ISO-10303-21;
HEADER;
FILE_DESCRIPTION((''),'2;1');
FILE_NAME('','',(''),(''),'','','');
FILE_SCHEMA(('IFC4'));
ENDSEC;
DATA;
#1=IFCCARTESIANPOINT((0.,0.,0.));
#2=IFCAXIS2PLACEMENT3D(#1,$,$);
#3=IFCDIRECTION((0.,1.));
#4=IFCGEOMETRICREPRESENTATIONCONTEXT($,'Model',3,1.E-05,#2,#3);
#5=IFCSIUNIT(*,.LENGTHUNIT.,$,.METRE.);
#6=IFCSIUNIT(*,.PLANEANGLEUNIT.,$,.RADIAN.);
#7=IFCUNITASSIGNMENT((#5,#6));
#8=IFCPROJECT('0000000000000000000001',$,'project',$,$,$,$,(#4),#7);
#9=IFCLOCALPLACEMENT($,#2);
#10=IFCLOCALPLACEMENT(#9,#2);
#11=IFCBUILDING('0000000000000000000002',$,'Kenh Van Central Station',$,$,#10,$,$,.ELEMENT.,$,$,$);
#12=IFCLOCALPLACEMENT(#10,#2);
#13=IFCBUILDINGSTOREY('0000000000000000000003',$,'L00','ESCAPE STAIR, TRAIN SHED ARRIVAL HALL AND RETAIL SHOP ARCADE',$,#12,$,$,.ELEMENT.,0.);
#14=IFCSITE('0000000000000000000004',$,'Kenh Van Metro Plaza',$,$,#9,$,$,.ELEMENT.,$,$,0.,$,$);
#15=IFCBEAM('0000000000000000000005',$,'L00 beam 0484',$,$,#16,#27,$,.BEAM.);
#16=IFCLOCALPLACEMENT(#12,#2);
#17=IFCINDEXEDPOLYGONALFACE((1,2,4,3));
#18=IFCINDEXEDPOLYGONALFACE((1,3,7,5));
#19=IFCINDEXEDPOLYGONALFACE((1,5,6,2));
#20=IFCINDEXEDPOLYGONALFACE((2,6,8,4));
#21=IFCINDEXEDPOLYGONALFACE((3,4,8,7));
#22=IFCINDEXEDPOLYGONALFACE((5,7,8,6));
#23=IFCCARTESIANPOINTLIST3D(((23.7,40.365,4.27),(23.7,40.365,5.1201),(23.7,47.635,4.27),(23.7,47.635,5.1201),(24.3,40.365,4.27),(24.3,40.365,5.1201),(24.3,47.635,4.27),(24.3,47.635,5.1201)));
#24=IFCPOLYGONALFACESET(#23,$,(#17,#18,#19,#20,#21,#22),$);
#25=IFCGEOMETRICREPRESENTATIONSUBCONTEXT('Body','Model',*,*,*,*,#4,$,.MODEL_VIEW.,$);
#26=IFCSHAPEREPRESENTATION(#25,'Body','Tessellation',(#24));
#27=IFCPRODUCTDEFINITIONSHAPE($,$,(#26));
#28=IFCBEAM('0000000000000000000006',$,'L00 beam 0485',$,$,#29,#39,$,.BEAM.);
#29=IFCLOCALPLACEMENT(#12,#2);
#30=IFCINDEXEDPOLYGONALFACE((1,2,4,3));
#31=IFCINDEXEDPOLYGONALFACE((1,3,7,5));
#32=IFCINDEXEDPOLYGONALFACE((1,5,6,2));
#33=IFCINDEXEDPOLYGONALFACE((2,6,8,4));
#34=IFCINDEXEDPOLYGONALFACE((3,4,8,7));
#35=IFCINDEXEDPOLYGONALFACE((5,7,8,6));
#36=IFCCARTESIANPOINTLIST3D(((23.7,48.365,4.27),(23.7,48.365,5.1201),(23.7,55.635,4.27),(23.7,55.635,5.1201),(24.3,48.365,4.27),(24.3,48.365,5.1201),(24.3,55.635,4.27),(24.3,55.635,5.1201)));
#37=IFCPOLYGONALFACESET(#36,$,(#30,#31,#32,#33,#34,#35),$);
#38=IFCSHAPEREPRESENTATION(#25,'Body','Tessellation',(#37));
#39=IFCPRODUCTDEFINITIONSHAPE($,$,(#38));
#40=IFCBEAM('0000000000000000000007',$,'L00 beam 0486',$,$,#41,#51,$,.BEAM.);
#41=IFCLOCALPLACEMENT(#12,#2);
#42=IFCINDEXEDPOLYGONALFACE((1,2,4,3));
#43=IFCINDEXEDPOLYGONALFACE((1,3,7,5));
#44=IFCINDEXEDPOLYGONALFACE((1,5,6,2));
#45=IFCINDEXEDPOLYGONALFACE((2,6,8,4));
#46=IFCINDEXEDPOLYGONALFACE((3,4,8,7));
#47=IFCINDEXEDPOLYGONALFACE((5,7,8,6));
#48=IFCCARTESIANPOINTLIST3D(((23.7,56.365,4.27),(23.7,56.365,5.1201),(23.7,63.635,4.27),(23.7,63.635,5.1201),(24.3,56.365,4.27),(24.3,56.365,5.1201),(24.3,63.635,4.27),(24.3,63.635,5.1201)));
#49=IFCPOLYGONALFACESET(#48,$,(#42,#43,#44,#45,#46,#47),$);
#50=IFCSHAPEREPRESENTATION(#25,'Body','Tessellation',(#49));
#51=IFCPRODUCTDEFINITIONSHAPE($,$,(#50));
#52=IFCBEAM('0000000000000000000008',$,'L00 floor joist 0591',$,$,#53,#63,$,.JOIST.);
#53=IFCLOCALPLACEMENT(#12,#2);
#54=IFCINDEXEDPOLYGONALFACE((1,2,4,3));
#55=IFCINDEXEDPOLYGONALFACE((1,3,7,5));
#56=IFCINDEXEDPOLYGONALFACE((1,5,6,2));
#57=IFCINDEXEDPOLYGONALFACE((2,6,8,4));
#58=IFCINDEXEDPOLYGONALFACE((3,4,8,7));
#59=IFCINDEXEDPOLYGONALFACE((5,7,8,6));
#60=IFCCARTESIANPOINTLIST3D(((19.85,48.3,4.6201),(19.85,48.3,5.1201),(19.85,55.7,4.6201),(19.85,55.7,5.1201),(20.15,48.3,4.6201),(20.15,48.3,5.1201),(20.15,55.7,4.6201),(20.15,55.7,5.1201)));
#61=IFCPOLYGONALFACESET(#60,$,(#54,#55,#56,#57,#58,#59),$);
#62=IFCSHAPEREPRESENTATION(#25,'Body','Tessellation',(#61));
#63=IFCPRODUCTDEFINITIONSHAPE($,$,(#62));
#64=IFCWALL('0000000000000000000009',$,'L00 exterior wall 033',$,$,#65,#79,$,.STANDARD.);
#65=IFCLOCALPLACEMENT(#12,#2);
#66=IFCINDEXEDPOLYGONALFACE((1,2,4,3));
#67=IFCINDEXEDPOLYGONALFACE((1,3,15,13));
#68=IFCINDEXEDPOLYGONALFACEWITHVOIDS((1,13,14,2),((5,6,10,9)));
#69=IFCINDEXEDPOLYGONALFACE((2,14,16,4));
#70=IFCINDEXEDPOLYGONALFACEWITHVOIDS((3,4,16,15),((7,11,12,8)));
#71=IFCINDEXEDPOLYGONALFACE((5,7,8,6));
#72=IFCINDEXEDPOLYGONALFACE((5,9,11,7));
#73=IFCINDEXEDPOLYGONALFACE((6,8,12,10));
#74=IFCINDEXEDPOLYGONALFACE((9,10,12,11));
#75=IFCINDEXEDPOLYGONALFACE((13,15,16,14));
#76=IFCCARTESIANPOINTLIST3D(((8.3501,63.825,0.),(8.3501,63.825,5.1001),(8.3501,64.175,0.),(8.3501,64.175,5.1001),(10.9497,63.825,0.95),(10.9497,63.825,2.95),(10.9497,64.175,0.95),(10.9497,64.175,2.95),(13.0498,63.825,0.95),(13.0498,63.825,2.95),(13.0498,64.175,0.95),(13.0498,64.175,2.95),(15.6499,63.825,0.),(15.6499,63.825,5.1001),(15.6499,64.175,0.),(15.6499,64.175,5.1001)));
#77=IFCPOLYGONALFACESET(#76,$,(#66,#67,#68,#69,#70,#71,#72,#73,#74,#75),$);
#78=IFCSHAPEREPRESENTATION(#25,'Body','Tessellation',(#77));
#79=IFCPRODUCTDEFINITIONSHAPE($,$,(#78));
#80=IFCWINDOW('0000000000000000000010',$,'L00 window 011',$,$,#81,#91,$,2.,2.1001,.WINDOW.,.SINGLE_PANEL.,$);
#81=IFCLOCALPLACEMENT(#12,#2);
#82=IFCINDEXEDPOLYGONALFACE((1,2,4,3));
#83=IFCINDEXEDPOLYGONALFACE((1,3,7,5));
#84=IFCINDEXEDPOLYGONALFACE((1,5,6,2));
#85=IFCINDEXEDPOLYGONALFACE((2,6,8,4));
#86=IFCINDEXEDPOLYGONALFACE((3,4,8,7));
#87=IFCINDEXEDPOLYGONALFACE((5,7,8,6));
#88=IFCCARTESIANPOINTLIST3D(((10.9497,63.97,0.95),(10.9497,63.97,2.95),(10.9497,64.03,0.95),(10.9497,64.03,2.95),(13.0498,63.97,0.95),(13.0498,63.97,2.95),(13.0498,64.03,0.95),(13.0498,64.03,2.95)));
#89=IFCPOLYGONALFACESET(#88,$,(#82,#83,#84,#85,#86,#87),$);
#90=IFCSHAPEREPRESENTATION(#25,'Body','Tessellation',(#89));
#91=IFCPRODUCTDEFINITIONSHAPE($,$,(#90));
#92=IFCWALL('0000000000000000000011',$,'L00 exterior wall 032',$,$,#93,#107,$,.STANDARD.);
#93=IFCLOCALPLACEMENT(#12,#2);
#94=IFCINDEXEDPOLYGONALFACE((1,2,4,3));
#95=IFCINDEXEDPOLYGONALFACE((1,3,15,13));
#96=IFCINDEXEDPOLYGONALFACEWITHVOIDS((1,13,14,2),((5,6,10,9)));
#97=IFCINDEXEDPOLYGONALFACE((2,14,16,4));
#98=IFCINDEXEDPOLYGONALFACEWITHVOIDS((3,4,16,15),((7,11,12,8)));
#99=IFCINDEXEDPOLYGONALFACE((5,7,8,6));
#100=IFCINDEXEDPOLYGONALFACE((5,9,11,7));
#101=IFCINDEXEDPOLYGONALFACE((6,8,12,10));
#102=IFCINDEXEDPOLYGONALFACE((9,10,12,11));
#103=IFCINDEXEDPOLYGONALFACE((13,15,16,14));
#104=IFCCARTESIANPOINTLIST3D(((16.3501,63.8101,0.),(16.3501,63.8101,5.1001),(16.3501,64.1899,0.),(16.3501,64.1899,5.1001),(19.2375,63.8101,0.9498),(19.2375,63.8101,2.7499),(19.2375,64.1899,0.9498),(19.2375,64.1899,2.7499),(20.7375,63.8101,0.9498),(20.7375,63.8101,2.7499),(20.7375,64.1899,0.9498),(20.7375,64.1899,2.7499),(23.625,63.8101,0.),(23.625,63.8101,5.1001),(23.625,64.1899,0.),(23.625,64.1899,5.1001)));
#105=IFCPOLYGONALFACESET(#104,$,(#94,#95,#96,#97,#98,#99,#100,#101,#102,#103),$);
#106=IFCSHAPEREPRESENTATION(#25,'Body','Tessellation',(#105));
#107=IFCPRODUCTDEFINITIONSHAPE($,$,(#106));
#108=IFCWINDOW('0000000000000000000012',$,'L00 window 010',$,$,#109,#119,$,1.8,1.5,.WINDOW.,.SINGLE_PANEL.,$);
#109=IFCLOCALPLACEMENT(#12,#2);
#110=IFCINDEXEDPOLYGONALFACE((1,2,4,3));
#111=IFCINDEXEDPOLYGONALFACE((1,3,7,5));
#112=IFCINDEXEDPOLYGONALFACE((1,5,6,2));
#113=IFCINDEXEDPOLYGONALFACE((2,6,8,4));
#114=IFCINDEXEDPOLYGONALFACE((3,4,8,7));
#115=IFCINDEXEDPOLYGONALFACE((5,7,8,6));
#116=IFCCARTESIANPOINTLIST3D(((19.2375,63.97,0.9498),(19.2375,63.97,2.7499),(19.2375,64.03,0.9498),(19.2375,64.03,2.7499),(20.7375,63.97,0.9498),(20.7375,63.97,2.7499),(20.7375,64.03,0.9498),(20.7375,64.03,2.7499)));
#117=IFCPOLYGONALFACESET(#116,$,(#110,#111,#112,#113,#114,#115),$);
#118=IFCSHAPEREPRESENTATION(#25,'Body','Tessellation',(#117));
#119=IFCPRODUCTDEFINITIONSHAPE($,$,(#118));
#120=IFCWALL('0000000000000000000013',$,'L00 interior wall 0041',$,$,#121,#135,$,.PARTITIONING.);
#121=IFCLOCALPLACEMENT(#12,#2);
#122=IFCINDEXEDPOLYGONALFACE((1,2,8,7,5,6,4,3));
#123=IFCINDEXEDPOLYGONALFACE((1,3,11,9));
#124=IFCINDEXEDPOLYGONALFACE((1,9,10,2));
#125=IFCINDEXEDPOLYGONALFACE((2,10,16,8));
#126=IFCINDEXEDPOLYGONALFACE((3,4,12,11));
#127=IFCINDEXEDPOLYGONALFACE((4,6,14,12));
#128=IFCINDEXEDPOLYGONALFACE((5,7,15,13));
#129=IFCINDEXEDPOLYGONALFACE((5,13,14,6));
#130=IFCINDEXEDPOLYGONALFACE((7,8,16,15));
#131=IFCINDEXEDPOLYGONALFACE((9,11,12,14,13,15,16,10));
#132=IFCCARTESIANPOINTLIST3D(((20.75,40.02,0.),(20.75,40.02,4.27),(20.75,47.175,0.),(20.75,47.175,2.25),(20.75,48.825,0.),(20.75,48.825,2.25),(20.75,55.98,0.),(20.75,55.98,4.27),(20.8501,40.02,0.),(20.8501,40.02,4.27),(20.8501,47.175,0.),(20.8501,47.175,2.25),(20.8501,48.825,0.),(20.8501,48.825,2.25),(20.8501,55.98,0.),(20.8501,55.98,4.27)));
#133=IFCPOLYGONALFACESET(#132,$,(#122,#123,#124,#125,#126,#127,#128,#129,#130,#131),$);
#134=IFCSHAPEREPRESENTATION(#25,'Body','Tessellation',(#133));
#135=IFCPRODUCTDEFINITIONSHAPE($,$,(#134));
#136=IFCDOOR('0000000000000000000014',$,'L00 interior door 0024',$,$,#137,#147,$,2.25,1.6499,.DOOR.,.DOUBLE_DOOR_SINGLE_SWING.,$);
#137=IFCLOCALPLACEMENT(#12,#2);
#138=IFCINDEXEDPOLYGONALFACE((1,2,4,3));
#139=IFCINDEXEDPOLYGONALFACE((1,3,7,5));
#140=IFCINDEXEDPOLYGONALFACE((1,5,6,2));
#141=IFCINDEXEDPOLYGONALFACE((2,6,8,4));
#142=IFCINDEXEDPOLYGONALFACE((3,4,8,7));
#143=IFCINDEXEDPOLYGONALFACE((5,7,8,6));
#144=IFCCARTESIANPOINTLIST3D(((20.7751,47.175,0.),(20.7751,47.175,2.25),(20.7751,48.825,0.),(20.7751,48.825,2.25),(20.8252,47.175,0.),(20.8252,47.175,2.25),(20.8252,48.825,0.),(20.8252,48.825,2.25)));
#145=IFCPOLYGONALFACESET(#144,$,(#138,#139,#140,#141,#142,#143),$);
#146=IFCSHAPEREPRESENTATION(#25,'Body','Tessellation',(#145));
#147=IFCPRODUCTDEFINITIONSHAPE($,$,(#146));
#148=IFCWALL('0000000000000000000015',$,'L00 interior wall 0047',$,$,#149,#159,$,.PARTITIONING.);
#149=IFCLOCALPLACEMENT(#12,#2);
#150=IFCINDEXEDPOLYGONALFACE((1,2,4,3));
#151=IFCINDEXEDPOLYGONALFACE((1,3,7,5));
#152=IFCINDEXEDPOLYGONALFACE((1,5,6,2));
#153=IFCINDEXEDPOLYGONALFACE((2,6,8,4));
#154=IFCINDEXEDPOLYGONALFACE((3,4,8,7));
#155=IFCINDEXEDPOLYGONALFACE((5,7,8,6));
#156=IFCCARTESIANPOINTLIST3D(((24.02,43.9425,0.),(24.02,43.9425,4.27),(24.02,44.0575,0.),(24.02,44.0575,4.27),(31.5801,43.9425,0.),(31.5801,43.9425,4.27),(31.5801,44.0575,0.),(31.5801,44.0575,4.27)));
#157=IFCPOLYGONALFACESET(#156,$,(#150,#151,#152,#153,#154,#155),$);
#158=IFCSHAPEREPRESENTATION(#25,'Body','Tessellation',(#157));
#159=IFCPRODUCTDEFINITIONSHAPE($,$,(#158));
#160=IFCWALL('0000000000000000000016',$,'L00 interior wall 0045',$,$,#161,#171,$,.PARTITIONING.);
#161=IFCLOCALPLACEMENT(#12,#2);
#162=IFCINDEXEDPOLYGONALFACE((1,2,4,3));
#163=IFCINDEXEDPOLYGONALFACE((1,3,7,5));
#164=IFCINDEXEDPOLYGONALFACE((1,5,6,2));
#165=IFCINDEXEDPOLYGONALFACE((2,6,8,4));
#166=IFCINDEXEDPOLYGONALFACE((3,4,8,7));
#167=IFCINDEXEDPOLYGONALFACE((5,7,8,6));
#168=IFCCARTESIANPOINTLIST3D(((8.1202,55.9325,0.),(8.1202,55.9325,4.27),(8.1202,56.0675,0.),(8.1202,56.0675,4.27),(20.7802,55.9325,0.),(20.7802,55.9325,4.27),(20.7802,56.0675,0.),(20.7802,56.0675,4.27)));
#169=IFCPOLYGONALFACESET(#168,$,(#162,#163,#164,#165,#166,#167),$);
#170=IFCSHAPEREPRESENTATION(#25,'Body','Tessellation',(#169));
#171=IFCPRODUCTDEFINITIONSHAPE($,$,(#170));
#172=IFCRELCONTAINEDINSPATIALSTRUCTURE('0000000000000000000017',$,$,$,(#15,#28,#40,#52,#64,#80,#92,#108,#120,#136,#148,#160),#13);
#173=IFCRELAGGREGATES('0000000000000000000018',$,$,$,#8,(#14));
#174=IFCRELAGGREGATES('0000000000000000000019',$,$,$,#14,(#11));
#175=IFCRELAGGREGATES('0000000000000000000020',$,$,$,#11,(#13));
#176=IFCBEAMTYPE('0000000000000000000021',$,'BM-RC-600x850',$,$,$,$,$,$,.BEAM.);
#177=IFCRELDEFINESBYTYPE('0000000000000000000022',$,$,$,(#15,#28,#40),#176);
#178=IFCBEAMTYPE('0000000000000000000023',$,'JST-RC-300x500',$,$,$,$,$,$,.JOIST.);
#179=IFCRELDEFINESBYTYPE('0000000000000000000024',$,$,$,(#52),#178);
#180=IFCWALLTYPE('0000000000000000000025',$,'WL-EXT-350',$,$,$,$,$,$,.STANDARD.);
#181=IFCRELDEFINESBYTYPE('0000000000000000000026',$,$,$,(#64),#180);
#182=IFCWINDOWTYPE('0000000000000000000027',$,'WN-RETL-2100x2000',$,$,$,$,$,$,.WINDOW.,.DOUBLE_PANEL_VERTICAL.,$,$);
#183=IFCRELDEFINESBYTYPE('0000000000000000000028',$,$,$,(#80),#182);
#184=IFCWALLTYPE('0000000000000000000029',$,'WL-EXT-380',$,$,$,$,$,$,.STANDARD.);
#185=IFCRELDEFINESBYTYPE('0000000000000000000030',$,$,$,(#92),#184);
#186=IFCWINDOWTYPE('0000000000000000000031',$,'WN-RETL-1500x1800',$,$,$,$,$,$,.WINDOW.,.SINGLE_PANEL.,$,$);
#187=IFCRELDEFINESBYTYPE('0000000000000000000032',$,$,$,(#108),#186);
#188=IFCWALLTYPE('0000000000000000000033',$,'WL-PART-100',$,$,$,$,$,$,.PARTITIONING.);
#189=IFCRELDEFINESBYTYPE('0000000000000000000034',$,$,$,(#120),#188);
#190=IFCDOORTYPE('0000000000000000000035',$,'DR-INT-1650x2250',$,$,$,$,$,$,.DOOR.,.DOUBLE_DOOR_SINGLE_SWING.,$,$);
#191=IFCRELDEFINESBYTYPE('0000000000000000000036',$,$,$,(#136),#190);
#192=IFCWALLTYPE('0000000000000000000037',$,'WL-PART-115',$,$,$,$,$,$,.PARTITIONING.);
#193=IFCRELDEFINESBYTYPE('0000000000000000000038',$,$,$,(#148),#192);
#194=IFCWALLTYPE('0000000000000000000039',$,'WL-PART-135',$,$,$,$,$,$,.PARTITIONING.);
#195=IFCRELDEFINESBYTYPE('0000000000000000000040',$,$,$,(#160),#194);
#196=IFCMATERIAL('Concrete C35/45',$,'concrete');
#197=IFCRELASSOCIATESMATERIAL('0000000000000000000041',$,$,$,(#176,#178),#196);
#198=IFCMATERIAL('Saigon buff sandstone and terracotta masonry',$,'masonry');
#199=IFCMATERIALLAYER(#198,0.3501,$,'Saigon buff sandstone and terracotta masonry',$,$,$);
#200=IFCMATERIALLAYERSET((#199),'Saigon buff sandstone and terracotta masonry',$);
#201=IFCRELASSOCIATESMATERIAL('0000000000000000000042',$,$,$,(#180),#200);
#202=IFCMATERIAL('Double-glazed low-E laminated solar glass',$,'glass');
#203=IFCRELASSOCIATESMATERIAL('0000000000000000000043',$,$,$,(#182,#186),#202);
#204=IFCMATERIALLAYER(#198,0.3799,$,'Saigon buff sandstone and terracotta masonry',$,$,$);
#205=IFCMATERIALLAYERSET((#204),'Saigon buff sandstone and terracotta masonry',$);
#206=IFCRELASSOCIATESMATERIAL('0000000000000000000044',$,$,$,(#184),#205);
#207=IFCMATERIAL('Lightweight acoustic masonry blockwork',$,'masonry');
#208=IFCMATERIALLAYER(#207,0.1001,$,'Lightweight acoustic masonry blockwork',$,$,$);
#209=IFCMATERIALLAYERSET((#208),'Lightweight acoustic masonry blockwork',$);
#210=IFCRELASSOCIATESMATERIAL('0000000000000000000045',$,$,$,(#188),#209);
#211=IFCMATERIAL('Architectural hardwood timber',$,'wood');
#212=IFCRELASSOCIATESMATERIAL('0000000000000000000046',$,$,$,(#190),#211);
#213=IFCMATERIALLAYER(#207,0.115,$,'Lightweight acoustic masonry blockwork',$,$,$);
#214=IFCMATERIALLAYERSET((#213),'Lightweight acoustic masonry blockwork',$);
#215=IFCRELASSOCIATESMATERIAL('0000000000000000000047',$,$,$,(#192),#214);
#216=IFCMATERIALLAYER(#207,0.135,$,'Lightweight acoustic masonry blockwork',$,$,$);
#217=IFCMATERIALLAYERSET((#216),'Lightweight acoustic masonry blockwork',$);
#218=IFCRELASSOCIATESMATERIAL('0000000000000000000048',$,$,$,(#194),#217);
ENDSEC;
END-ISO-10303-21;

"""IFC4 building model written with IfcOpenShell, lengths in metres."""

from ifc_helpers import new_model, si_unit, direction, frame, frame_2d, origin, origin_2d, place, context, subcontext, project, spatial, rectangle, extrude, material, layer, layer_set, material_profile, profile_set, type_object, element, fill, save


model = new_model("IFC4")

# Units and contexts
model_context = context("Model", 3, precision=1e-05, world=origin(), true_north=direction((0.0, 1.0)))
body_context = subcontext(model_context, "Body", "Model", "MODEL_VIEW")
ifc_project = project(units=[si_unit("LENGTHUNIT", "METRE"), si_unit("PLANEANGLEUNIT", "RADIAN")], contexts=[model_context])

# Site, building, storey
site_placement = place(None, origin())
site = spatial("IfcSite", under=ifc_project, at=site_placement, Name="Kenh Van Metro Plaza", CompositionType="ELEMENT", RefElevation=0.0)
building_placement = place(site_placement, origin())
building = spatial("IfcBuilding", under=site, at=building_placement, Name="Kenh Van Central Station", CompositionType="ELEMENT")
storey_placement = place(building_placement, origin())
storey = spatial("IfcBuildingStorey", under=building, at=storey_placement, Name="L00", Description="ESCAPE STAIR, TRAIN SHED ARRIVAL HALL AND RETAIL SHOP ARCADE", CompositionType="ELEMENT", Elevation=0.0)

# Beams
ifc_material_1 = material(Name="Concrete C35/45", Category="concrete")
ifc_material_profile_1 = material_profile(ifc_material_1, rectangle(XDim=0.6001, YDim=0.8501, at=origin_2d()), Name="RC 600x850")
ifc_profile_set_1 = profile_set([ifc_material_profile_1], Name="Concrete C35/45")
beam_type_1 = type_object("IfcBeamType", Name="BM-RC-600x850", PredefinedType="BEAM", material=ifc_profile_set_1)
for number, where, z_axis, x_axis, name in (
    (1, (24.0, 40.365, 4.6951), (0.0, 1.0, 0.0), (-1.0, 0.0, 0.0), "L00 beam 0484"),
    (2, (24.0, 48.365, 4.6951), (0.0, 1.0, 0.0), (-1.0, 0.0, 0.0), "L00 beam 0485"),
    (3, (24.0, 56.365, 4.6951), (0.0, 1.0, 0.0), (-1.0, 0.0, 0.0), "L00 beam 0486"),
):
    element("IfcBeam", number, at=place(storey_placement, frame(where, z_axis=z_axis, x_axis=x_axis)), inside=storey, type_object=beam_type_1, Name=name, PredefinedType="BEAM", context=body_context, shape_type="SweptSolid", body=[
        extrude(rectangle(XDim=0.6001, YDim=0.8501, at=origin_2d()), origin(), (0.0, 0.0, 1.0), 7.27),
    ])
ifc_material_profile_2 = material_profile(ifc_material_1, rectangle(XDim=0.3, YDim=0.5, at=origin_2d()), Name="RC 300x500")
ifc_profile_set_2 = profile_set([ifc_material_profile_2], Name="Concrete C35/45")
beam_type_2 = type_object("IfcBeamType", Name="JST-RC-300x500", PredefinedType="JOIST", material=ifc_profile_set_2)
beam_1_placement = place(storey_placement, frame((20.0, 48.3, 4.8701), z_axis=(0.0, 1.0, 0.0), x_axis=(-1.0, 0.0, 0.0)))
element("IfcBeam", 4, at=beam_1_placement, inside=storey, type_object=beam_type_2, Name="L00 floor joist 0591", PredefinedType="JOIST", context=body_context, shape_type="SweptSolid", body=[
    extrude(rectangle(XDim=0.3, YDim=0.5, at=origin_2d()), origin(), (0.0, 0.0, 1.0), 7.3999),
])

# Walls, openings, windows
ifc_material_2 = material(Name="Saigon buff sandstone and terracotta masonry", Category="masonry")
ifc_layer_1 = layer(ifc_material_2, 0.3501, Name="Saigon buff sandstone and terracotta masonry")
ifc_layer_set_1 = layer_set([ifc_layer_1], Name="Saigon buff sandstone and terracotta masonry")
wall_type_1 = type_object("IfcWallType", Name="WL-EXT-350", PredefinedType="STANDARD", material=ifc_layer_set_1)
wall_1_placement = place(storey_placement, frame((15.6499, 64.0, 0.0), z_axis=(0.0, 0.0, 1.0), x_axis=(-1.0, 0.0, 0.0)))
wall_1 = element("IfcWall", 5, at=wall_1_placement, inside=storey, type_object=wall_type_1, Name="L00 exterior wall 033", PredefinedType="STANDARD", context=body_context, shape_type="SweptSolid", body=[
    extrude(rectangle(XDim=7.2998, YDim=0.3501, at=frame_2d((3.6499, 0.0))), origin(), (0.0, 0.0, 1.0), 5.1001),
])
opening_1_placement = place(wall_1_placement, frame((2.6001, 0.0, 0.95)))
opening_1 = element("IfcOpeningElement", 6, at=opening_1_placement, cuts=wall_1, PredefinedType="OPENING", context=body_context, shape_type="SweptSolid", body=[
    extrude(rectangle(XDim=2.1001, YDim=2.0, at=frame_2d((1.05, 1.0))), frame((0.0, 0.1851, 0.0), z_axis=(0.0, -1.0, 0.0), x_axis=(1.0, 0.0, 0.0)), (0.0, 0.0, 1.0), 0.3701),
])
ifc_material_3 = material(Name="Double-glazed low-E laminated solar glass", Category="glass")
window_type_1 = type_object("IfcWindowType", Name="WN-RETL-2100x2000", PartitioningType="DOUBLE_PANEL_VERTICAL", PredefinedType="WINDOW", material=ifc_material_3)
window_1_placement = place(opening_1_placement, origin())
window_1 = element("IfcWindow", 7, at=window_1_placement, inside=storey, type_object=window_type_1, Name="L00 window 011", OverallHeight=2.0, OverallWidth=2.1001, PartitioningType="SINGLE_PANEL", PredefinedType="WINDOW", context=body_context, shape_type="SweptSolid", body=[
    extrude(rectangle(XDim=2.1001, YDim=2.0, at=frame_2d((1.05, 1.0))), frame((0.0, 0.03, 0.0), z_axis=(0.0, -1.0, 0.0), x_axis=(1.0, 0.0, 0.0)), (0.0, 0.0, 1.0), 0.0601),
])
fill(opening_1, window_1)
ifc_layer_2 = layer(ifc_material_2, 0.3799, Name="Saigon buff sandstone and terracotta masonry")
ifc_layer_set_2 = layer_set([ifc_layer_2], Name="Saigon buff sandstone and terracotta masonry")
wall_type_2 = type_object("IfcWallType", Name="WL-EXT-380", PredefinedType="STANDARD", material=ifc_layer_set_2)
wall_2_placement = place(storey_placement, frame((23.625, 64.0, 0.0), z_axis=(0.0, 0.0, 1.0), x_axis=(-1.0, 0.0, 0.0)))
wall_2 = element("IfcWall", 8, at=wall_2_placement, inside=storey, type_object=wall_type_2, Name="L00 exterior wall 032", PredefinedType="STANDARD", context=body_context, shape_type="SweptSolid", body=[
    extrude(rectangle(XDim=7.2749, YDim=0.3799, at=frame_2d((3.6375, 0.0))), origin(), (0.0, 0.0, 1.0), 5.1001),
])
opening_2_placement = place(wall_2_placement, frame((2.8875, 0.0, 0.95)))
opening_2 = element("IfcOpeningElement", 9, at=opening_2_placement, cuts=wall_2, PredefinedType="OPENING", context=body_context, shape_type="SweptSolid", body=[
    extrude(rectangle(XDim=1.5, YDim=1.8, at=frame_2d((0.75, 0.8999))), frame((0.0, 0.2, 0.0), z_axis=(0.0, -1.0, 0.0), x_axis=(1.0, 0.0, 0.0)), (0.0, 0.0, 1.0), 0.3999),
])
window_type_2 = type_object("IfcWindowType", Name="WN-RETL-1500x1800", PartitioningType="SINGLE_PANEL", PredefinedType="WINDOW", material=ifc_material_3)
window_2_placement = place(opening_2_placement, origin())
window_2 = element("IfcWindow", 10, at=window_2_placement, inside=storey, type_object=window_type_2, Name="L00 window 010", OverallHeight=1.8, OverallWidth=1.5, PartitioningType="SINGLE_PANEL", PredefinedType="WINDOW", context=body_context, shape_type="SweptSolid", body=[
    extrude(rectangle(XDim=1.5, YDim=1.8, at=frame_2d((0.75, 0.8999))), frame((0.0, 0.03, 0.0), z_axis=(0.0, -1.0, 0.0), x_axis=(1.0, 0.0, 0.0)), (0.0, 0.0, 1.0), 0.0601),
])
fill(opening_2, window_2)

# Wall, opening, door
ifc_material_4 = material(Name="Lightweight acoustic masonry blockwork", Category="masonry")
ifc_layer_3 = layer(ifc_material_4, 0.1001, Name="Lightweight acoustic masonry blockwork")
ifc_layer_set_3 = layer_set([ifc_layer_3], Name="Lightweight acoustic masonry blockwork")
wall_type_3 = type_object("IfcWallType", Name="WL-PART-100", PredefinedType="PARTITIONING", material=ifc_layer_set_3)
wall_3_placement = place(storey_placement, frame((20.8, 40.02, 0.0), z_axis=(0.0, 0.0, 1.0), x_axis=(0.0, 1.0, 0.0)))
wall_3 = element("IfcWall", 11, at=wall_3_placement, inside=storey, type_object=wall_type_3, Name="L00 interior wall 0041", PredefinedType="PARTITIONING", context=body_context, shape_type="SweptSolid", body=[
    extrude(rectangle(XDim=15.96, YDim=0.1001, at=frame_2d((7.98, 0.0))), origin(), (0.0, 0.0, 1.0), 4.27),
])
opening_3_placement = place(wall_3_placement, frame((7.155, 0.0, 0.0)))
opening_3 = element("IfcOpeningElement", 12, at=opening_3_placement, cuts=wall_3, PredefinedType="OPENING", context=body_context, shape_type="SweptSolid", body=[
    extrude(rectangle(XDim=1.6499, YDim=2.25, at=frame_2d((0.825, 1.125))), frame((0.0, 0.0601, 0.0), z_axis=(0.0, -1.0, 0.0), x_axis=(1.0, 0.0, 0.0)), (0.0, 0.0, 1.0), 0.1201),
])
ifc_material_5 = material(Name="Architectural hardwood timber", Category="wood")
door_type_1 = type_object("IfcDoorType", Name="DR-INT-1650x2250", OperationType="DOUBLE_DOOR_SINGLE_SWING", PredefinedType="DOOR", material=ifc_material_5)
door_1_placement = place(opening_3_placement, origin())
door_1 = element("IfcDoor", 13, at=door_1_placement, inside=storey, type_object=door_type_1, Name="L00 interior door 0024", OperationType="DOUBLE_DOOR_SINGLE_SWING", OverallHeight=2.25, OverallWidth=1.6499, PredefinedType="DOOR", context=body_context, shape_type="SweptSolid", body=[
    extrude(rectangle(XDim=1.6499, YDim=2.25, at=frame_2d((0.825, 1.125))), frame((0.0, 0.0249, 0.0), z_axis=(0.0, -1.0, 0.0), x_axis=(1.0, 0.0, 0.0)), (0.0, 0.0, 1.0), 0.05),
])
fill(opening_3, door_1)

# Walls
ifc_layer_4 = layer(ifc_material_4, 0.115, Name="Lightweight acoustic masonry blockwork")
ifc_layer_set_4 = layer_set([ifc_layer_4], Name="Lightweight acoustic masonry blockwork")
wall_type_4 = type_object("IfcWallType", Name="WL-PART-115", PredefinedType="PARTITIONING", material=ifc_layer_set_4)
wall_4_placement = place(storey_placement, frame((24.02, 44.0, 0.0), z_axis=(0.0, 0.0, 1.0), x_axis=(1.0, 0.0, 0.0)))
element("IfcWall", 14, at=wall_4_placement, inside=storey, type_object=wall_type_4, Name="L00 interior wall 0047", PredefinedType="PARTITIONING", context=body_context, shape_type="SweptSolid", body=[
    extrude(rectangle(XDim=7.5601, YDim=0.115, at=frame_2d((3.78, 0.0))), origin(), (0.0, 0.0, 1.0), 4.27),
])
ifc_layer_5 = layer(ifc_material_4, 0.135, Name="Lightweight acoustic masonry blockwork")
ifc_layer_set_5 = layer_set([ifc_layer_5], Name="Lightweight acoustic masonry blockwork")
wall_type_5 = type_object("IfcWallType", Name="WL-PART-135", PredefinedType="PARTITIONING", material=ifc_layer_set_5)
wall_5_placement = place(storey_placement, frame((8.1201, 56.0, 0.0), z_axis=(0.0, 0.0, 1.0), x_axis=(1.0, 0.0, 0.0)))
element("IfcWall", 15, at=wall_5_placement, inside=storey, type_object=wall_type_5, Name="L00 interior wall 0045", PredefinedType="PARTITIONING", context=body_context, shape_type="SweptSolid", body=[
    extrude(rectangle(XDim=12.6599, YDim=0.135, at=frame_2d((6.3301, 0.0))), origin(), (0.0, 0.0, 1.0), 4.27),
])

save(model, "model.ifc")
